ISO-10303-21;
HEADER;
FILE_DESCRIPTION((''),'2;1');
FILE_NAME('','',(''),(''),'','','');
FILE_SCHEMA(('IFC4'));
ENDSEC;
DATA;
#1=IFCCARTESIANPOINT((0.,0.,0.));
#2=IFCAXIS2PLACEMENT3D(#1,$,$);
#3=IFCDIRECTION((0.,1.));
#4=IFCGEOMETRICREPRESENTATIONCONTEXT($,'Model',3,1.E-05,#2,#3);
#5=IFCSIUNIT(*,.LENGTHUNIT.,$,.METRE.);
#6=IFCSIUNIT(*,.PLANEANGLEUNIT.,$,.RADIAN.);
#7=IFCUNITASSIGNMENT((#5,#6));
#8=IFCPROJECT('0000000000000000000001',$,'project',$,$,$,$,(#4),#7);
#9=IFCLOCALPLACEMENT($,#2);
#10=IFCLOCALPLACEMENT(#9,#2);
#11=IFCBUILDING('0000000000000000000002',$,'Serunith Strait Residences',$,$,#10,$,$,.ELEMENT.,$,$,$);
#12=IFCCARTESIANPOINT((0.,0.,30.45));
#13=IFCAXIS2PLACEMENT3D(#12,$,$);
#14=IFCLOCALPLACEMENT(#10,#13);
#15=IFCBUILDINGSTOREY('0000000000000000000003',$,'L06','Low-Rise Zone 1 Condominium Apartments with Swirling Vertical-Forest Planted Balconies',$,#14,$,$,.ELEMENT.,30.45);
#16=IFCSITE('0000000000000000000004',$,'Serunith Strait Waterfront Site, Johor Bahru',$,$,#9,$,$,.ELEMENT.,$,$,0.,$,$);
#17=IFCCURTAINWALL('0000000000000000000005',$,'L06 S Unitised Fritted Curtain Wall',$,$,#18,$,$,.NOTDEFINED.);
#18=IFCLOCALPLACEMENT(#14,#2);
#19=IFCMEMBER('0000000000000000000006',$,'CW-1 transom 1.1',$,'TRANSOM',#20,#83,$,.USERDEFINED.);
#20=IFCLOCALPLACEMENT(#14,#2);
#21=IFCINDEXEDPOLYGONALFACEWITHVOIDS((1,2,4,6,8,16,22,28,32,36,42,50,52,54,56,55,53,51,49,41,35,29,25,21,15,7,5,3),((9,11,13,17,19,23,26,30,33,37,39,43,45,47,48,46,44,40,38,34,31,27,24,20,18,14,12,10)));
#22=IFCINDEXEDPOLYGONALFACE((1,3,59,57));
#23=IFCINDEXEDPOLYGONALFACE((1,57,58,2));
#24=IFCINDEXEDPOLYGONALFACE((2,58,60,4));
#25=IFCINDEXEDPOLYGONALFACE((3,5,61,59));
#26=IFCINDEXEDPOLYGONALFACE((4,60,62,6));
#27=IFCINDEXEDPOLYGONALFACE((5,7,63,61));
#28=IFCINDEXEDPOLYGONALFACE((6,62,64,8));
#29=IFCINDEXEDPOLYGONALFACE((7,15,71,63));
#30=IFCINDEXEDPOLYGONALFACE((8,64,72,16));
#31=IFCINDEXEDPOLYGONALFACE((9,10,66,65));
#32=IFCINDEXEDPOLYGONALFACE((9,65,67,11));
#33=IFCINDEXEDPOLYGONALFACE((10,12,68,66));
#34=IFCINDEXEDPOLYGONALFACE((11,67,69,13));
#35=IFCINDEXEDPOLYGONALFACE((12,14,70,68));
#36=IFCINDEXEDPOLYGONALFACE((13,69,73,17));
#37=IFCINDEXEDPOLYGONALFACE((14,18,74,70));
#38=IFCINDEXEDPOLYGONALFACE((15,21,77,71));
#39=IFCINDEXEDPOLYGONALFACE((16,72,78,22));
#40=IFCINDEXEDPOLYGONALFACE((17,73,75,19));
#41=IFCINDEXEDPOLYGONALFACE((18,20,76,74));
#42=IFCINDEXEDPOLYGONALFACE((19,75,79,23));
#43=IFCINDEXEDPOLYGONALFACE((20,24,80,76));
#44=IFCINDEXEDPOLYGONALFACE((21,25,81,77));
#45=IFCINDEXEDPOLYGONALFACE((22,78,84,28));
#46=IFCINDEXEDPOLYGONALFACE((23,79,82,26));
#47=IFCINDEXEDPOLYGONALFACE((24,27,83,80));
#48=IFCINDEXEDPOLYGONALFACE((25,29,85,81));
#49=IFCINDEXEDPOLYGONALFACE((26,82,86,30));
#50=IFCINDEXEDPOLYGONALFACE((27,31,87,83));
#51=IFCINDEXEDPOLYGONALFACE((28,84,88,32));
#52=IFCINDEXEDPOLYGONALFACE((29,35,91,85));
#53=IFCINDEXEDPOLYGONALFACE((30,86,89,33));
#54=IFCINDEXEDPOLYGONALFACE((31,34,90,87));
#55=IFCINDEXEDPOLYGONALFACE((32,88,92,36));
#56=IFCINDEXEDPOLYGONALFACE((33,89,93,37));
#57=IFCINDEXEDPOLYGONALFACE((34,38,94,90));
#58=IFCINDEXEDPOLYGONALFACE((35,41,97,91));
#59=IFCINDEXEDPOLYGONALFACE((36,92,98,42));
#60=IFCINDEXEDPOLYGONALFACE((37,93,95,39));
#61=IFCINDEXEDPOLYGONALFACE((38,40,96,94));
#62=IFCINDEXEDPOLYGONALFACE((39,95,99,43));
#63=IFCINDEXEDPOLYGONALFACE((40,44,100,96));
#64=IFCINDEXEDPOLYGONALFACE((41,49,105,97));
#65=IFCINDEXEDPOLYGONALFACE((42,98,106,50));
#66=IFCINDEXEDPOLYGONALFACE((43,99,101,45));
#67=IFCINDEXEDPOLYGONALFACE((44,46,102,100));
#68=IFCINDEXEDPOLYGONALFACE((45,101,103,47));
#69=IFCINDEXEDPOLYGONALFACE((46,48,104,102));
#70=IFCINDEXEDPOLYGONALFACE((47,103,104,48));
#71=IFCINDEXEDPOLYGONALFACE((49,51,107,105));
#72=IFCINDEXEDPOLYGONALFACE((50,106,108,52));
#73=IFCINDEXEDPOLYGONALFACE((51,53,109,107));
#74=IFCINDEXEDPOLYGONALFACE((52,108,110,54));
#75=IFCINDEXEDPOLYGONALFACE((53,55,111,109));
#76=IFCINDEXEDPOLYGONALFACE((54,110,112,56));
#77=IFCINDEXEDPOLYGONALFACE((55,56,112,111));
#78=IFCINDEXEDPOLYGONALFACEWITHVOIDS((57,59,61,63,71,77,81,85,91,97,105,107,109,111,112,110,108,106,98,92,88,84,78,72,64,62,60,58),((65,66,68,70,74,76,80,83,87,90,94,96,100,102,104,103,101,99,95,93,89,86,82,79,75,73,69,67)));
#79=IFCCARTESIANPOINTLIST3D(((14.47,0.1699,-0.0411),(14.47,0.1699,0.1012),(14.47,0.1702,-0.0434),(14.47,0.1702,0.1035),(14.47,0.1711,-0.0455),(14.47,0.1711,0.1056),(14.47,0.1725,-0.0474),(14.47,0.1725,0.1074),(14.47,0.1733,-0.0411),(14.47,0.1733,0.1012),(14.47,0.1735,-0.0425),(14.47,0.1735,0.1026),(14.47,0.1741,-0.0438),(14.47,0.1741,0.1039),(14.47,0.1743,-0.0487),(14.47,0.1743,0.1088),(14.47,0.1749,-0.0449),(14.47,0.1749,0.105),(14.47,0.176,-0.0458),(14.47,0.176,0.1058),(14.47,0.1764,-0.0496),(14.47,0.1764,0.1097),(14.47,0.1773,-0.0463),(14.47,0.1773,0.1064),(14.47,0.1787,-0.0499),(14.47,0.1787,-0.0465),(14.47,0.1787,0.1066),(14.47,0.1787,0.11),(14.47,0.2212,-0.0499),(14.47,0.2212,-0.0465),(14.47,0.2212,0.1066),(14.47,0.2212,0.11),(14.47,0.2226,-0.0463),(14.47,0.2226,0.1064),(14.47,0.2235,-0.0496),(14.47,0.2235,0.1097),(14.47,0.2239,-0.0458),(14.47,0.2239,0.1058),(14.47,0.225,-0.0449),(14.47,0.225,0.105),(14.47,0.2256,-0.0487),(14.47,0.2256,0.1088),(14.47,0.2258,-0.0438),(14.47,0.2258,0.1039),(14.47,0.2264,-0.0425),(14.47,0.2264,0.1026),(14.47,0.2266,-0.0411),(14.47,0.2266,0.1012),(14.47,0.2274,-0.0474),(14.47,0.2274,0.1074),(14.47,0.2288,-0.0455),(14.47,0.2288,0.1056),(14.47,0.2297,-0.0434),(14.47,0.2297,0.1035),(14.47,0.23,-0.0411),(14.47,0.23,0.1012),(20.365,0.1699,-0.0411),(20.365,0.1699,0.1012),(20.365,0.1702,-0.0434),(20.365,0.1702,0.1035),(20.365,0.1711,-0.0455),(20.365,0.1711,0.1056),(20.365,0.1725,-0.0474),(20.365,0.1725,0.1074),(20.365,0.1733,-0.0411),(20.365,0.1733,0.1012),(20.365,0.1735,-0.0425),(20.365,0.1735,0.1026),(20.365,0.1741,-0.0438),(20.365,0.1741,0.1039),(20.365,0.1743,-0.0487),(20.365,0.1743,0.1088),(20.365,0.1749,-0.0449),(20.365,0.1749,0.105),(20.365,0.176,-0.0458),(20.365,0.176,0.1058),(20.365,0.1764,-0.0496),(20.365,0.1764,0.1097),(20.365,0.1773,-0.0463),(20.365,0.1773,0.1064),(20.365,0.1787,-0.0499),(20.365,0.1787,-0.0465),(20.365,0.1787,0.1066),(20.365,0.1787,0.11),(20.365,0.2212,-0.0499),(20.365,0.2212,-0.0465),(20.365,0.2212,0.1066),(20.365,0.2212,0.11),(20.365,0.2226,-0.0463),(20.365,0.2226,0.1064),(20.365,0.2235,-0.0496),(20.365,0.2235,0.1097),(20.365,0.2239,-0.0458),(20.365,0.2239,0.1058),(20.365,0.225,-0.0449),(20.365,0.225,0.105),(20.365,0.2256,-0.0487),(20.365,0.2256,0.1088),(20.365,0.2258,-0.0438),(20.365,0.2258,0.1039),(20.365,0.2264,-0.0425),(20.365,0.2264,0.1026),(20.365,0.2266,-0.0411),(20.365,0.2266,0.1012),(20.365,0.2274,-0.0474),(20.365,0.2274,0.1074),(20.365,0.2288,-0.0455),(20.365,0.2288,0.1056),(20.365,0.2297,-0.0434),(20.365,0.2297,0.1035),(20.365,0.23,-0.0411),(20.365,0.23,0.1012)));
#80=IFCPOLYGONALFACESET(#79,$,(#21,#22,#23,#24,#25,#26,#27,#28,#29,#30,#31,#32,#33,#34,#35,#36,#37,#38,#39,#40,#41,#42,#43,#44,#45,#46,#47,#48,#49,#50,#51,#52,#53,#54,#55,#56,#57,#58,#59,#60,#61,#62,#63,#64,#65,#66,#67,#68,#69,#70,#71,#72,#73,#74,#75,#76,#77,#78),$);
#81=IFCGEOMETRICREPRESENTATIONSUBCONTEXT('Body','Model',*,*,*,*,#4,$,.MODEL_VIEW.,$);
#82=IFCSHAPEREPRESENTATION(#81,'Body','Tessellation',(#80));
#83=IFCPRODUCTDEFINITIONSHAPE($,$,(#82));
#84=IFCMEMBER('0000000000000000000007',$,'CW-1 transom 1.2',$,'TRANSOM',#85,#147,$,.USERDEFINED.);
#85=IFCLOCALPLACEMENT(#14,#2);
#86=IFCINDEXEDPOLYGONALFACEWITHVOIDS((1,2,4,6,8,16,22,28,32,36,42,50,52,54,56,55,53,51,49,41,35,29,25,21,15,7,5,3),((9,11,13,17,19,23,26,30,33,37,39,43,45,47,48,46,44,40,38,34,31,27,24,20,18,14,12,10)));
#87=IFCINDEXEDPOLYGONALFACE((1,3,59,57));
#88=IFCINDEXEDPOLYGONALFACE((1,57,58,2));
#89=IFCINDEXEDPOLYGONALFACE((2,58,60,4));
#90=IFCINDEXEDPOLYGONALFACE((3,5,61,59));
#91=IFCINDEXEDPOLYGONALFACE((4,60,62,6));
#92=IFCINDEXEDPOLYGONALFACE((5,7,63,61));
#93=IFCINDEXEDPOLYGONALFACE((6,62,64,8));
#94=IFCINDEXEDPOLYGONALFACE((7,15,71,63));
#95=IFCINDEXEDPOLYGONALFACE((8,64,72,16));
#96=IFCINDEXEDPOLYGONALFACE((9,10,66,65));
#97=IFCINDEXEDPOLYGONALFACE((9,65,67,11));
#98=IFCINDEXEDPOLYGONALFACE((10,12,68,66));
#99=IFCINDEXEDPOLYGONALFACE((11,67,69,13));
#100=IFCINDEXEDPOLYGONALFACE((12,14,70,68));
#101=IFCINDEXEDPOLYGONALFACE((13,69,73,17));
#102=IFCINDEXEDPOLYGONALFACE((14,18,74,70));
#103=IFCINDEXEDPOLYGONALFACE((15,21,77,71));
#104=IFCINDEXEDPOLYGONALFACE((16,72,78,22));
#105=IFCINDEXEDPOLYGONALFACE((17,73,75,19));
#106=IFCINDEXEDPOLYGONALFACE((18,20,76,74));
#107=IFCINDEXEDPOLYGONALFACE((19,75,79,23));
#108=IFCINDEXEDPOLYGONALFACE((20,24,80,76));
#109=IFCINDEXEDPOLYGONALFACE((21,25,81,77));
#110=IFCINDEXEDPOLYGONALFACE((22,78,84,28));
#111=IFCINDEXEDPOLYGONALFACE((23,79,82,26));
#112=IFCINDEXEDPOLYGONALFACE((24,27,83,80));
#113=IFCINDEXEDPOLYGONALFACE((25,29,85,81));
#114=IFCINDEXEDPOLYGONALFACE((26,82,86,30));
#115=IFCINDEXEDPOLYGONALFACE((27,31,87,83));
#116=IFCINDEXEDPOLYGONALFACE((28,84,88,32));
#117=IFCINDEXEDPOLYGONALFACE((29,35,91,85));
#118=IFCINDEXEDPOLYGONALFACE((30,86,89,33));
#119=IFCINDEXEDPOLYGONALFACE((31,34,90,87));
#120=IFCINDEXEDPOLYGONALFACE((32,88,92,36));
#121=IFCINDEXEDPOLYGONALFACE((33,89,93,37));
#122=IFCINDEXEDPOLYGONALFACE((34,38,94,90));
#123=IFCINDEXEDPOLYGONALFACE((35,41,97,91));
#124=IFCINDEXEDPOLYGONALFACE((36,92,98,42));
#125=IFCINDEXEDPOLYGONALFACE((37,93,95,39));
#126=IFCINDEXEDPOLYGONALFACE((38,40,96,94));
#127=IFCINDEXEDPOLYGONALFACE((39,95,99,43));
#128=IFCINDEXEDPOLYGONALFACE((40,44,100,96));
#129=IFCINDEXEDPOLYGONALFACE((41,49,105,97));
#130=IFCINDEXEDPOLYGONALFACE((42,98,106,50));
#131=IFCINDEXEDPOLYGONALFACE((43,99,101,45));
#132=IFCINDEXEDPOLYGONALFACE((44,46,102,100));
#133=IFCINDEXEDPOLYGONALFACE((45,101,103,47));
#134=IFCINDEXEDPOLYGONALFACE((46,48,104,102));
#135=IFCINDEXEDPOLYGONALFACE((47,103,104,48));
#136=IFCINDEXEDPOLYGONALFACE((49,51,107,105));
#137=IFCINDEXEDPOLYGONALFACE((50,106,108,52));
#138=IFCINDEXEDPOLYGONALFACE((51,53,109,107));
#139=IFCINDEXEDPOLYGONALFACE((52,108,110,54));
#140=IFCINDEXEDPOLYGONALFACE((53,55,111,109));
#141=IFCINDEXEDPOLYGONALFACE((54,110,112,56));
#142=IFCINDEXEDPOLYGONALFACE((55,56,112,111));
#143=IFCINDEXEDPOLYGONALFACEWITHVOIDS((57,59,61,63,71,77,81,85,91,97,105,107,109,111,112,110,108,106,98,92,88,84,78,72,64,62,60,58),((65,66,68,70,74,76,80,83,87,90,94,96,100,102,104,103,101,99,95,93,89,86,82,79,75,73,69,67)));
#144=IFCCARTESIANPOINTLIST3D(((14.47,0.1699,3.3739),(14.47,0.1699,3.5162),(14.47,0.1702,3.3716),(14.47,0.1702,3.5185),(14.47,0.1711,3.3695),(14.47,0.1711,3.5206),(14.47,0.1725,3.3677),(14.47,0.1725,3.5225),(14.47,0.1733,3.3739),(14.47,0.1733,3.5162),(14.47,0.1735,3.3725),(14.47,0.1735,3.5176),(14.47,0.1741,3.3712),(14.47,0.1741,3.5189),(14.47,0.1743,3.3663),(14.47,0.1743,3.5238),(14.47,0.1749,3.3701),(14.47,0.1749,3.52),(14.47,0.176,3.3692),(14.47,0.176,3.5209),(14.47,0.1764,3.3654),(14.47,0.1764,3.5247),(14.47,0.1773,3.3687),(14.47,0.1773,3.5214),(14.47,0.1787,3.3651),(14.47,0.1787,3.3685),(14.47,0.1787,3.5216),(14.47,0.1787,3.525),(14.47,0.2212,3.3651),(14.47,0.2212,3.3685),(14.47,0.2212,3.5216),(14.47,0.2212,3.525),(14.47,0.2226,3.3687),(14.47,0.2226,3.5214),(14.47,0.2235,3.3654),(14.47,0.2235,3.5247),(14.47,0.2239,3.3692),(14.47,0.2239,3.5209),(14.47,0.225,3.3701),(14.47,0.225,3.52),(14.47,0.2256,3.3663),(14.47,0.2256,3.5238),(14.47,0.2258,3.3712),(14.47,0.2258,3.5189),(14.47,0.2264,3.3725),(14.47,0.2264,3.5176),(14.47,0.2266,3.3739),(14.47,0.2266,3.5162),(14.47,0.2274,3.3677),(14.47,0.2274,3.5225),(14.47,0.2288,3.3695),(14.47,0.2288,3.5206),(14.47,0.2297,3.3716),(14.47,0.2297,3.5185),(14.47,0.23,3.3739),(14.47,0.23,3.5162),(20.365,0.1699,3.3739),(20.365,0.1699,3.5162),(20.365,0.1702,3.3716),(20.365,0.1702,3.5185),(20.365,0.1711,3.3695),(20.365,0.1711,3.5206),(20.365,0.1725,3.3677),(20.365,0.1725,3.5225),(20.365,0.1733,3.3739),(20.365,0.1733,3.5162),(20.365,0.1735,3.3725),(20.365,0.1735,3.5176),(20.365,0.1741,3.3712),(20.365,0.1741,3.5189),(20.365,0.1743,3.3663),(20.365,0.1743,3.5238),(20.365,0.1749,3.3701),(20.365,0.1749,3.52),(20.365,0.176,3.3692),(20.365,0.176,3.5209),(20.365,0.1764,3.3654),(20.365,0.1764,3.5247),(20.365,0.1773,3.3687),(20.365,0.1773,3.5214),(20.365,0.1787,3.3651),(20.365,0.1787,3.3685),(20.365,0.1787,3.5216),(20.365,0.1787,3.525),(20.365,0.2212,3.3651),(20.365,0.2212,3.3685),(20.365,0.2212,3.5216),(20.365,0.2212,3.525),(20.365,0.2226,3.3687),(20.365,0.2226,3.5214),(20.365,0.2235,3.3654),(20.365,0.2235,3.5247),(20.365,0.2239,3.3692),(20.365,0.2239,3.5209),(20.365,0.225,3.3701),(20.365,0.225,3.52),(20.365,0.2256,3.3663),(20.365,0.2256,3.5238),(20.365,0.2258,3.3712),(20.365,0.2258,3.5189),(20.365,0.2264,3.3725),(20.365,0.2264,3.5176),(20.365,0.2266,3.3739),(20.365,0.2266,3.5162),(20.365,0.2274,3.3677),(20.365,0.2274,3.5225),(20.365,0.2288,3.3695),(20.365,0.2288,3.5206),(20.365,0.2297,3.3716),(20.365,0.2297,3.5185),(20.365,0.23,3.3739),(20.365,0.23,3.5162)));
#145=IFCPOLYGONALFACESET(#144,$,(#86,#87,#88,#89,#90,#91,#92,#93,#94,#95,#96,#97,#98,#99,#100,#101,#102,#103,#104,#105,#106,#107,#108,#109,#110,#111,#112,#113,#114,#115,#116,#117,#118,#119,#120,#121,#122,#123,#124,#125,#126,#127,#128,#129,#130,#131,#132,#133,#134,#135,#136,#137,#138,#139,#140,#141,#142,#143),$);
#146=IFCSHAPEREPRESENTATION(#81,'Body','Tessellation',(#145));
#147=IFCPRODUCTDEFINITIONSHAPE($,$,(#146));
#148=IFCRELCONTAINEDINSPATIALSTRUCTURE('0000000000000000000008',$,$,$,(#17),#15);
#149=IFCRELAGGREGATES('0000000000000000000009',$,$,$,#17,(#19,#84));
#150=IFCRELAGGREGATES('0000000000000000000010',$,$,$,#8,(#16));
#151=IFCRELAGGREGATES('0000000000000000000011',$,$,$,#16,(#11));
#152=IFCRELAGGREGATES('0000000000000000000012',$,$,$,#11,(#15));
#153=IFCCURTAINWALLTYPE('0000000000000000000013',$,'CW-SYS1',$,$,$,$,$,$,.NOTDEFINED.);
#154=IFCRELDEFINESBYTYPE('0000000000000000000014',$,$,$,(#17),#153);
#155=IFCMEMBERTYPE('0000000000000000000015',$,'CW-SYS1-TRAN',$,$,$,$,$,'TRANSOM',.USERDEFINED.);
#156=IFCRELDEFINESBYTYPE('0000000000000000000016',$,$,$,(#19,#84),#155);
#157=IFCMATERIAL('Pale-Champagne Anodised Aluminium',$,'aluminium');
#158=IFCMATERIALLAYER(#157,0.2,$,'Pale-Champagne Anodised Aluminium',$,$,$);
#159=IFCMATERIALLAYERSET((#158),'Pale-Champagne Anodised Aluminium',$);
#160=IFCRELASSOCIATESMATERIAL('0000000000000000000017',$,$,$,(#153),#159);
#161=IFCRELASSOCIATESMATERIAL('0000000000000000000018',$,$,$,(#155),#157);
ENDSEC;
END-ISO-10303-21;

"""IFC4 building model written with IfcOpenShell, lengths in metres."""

from ifc_helpers import new_model, si_unit, direction, frame, origin, origin_2d, place, context, subcontext, project, spatial, hollow_rectangle, extrude, source, transform, mapped, material, layer, layer_set, material_profile, profile_set, type_object, element, aggregate, save


model = new_model("IFC4")

# Units and contexts
model_context = context("Model", 3, precision=1e-05, world=origin(), true_north=direction((0.0, 1.0)))
body_context = subcontext(model_context, "Body", "Model", "MODEL_VIEW")
ifc_project = project(units=[si_unit("LENGTHUNIT", "METRE"), si_unit("PLANEANGLEUNIT", "RADIAN")], contexts=[model_context])

# Site, building, storey
site_placement = place(None, origin())
site = spatial("IfcSite", under=ifc_project, at=site_placement, Name="Serunith Strait Waterfront Site, Johor Bahru", CompositionType="ELEMENT", RefElevation=0.0)
building_placement = place(site_placement, origin())
building = spatial("IfcBuilding", under=site, at=building_placement, Name="Serunith Strait Residences", CompositionType="ELEMENT")
storey_placement = place(building_placement, frame((0.0, 0.0, 30.45)))
storey = spatial("IfcBuildingStorey", under=building, at=storey_placement, Name="L06", Description="Low-Rise Zone 1 Condominium Apartments with Swirling Vertical-Forest Planted Balconies", CompositionType="ELEMENT", Elevation=30.45)

# Curtain wall
ifc_material_1 = material(Name="Pale-Champagne Anodised Aluminium", Category="aluminium")
ifc_layer_1 = layer(ifc_material_1, 0.2, Name="Pale-Champagne Anodised Aluminium")
ifc_layer_set_1 = layer_set([ifc_layer_1], Name="Pale-Champagne Anodised Aluminium")
curtain_wall_type = type_object("IfcCurtainWallType", Name="CW-SYS1", PredefinedType="NOTDEFINED", material=ifc_layer_set_1)
curtain_wall_1_placement = place(storey_placement, origin())
curtain_wall_1 = element("IfcCurtainWall", 1, at=curtain_wall_1_placement, inside=storey, type_object=curtain_wall_type, Name="L06 S Unitised Fritted Curtain Wall", PredefinedType="NOTDEFINED")

# Members
ifc_material_profile_1 = material_profile(ifc_material_1, hollow_rectangle(XDim=0.0601, YDim=0.1599, WallThickness=0.0034, InnerFilletRadius=0.0054, OuterFilletRadius=0.0088, at=origin_2d()), Name="ALU 160x60x3.5")
ifc_profile_set_1 = profile_set([ifc_material_profile_1], Name="Pale-Champagne Anodised Aluminium")
member_type_1 = type_object("IfcMemberType", Name="CW-SYS1-TRAN", ElementType="TRANSOM", PredefinedType="USERDEFINED", material=ifc_profile_set_1)
shared_shape_1 = source(origin(), body_context, "Body", "SweptSolid", [
    extrude(hollow_rectangle(XDim=0.0601, YDim=0.1599, WallThickness=0.0034, InnerFilletRadius=0.0054, OuterFilletRadius=0.0088, at=origin_2d()), origin(), (0.0, 0.0, 1.0), 5.895),
])
member_1_placement = place(storey_placement, frame((14.47, 0.2, 0.03), z_axis=(1.0, 0.0, 0.0), x_axis=(0.0, 1.0, 0.0)))
member_1 = element("IfcMember", 2, at=member_1_placement, type_object=member_type_1, Name="CW-1 transom 1.1", ObjectType="TRANSOM", PredefinedType="USERDEFINED", context=body_context, shape_type="MappedRepresentation", body=[
    mapped(shared_shape_1, transform((0.0, 0.0, 0.0), scale=1.0)),
])
member_2_placement = place(storey_placement, frame((14.47, 0.2, 3.4451), z_axis=(1.0, 0.0, 0.0), x_axis=(0.0, 1.0, 0.0)))
member_2 = element("IfcMember", 3, at=member_2_placement, type_object=member_type_1, Name="CW-1 transom 1.2", ObjectType="TRANSOM", PredefinedType="USERDEFINED", context=body_context, shape_type="MappedRepresentation", body=[
    mapped(shared_shape_1, transform((0.0, 0.0, 0.0), scale=1.0)),
])
aggregate(curtain_wall_1, [member_1, member_2])

save(model, "model.ifc")
